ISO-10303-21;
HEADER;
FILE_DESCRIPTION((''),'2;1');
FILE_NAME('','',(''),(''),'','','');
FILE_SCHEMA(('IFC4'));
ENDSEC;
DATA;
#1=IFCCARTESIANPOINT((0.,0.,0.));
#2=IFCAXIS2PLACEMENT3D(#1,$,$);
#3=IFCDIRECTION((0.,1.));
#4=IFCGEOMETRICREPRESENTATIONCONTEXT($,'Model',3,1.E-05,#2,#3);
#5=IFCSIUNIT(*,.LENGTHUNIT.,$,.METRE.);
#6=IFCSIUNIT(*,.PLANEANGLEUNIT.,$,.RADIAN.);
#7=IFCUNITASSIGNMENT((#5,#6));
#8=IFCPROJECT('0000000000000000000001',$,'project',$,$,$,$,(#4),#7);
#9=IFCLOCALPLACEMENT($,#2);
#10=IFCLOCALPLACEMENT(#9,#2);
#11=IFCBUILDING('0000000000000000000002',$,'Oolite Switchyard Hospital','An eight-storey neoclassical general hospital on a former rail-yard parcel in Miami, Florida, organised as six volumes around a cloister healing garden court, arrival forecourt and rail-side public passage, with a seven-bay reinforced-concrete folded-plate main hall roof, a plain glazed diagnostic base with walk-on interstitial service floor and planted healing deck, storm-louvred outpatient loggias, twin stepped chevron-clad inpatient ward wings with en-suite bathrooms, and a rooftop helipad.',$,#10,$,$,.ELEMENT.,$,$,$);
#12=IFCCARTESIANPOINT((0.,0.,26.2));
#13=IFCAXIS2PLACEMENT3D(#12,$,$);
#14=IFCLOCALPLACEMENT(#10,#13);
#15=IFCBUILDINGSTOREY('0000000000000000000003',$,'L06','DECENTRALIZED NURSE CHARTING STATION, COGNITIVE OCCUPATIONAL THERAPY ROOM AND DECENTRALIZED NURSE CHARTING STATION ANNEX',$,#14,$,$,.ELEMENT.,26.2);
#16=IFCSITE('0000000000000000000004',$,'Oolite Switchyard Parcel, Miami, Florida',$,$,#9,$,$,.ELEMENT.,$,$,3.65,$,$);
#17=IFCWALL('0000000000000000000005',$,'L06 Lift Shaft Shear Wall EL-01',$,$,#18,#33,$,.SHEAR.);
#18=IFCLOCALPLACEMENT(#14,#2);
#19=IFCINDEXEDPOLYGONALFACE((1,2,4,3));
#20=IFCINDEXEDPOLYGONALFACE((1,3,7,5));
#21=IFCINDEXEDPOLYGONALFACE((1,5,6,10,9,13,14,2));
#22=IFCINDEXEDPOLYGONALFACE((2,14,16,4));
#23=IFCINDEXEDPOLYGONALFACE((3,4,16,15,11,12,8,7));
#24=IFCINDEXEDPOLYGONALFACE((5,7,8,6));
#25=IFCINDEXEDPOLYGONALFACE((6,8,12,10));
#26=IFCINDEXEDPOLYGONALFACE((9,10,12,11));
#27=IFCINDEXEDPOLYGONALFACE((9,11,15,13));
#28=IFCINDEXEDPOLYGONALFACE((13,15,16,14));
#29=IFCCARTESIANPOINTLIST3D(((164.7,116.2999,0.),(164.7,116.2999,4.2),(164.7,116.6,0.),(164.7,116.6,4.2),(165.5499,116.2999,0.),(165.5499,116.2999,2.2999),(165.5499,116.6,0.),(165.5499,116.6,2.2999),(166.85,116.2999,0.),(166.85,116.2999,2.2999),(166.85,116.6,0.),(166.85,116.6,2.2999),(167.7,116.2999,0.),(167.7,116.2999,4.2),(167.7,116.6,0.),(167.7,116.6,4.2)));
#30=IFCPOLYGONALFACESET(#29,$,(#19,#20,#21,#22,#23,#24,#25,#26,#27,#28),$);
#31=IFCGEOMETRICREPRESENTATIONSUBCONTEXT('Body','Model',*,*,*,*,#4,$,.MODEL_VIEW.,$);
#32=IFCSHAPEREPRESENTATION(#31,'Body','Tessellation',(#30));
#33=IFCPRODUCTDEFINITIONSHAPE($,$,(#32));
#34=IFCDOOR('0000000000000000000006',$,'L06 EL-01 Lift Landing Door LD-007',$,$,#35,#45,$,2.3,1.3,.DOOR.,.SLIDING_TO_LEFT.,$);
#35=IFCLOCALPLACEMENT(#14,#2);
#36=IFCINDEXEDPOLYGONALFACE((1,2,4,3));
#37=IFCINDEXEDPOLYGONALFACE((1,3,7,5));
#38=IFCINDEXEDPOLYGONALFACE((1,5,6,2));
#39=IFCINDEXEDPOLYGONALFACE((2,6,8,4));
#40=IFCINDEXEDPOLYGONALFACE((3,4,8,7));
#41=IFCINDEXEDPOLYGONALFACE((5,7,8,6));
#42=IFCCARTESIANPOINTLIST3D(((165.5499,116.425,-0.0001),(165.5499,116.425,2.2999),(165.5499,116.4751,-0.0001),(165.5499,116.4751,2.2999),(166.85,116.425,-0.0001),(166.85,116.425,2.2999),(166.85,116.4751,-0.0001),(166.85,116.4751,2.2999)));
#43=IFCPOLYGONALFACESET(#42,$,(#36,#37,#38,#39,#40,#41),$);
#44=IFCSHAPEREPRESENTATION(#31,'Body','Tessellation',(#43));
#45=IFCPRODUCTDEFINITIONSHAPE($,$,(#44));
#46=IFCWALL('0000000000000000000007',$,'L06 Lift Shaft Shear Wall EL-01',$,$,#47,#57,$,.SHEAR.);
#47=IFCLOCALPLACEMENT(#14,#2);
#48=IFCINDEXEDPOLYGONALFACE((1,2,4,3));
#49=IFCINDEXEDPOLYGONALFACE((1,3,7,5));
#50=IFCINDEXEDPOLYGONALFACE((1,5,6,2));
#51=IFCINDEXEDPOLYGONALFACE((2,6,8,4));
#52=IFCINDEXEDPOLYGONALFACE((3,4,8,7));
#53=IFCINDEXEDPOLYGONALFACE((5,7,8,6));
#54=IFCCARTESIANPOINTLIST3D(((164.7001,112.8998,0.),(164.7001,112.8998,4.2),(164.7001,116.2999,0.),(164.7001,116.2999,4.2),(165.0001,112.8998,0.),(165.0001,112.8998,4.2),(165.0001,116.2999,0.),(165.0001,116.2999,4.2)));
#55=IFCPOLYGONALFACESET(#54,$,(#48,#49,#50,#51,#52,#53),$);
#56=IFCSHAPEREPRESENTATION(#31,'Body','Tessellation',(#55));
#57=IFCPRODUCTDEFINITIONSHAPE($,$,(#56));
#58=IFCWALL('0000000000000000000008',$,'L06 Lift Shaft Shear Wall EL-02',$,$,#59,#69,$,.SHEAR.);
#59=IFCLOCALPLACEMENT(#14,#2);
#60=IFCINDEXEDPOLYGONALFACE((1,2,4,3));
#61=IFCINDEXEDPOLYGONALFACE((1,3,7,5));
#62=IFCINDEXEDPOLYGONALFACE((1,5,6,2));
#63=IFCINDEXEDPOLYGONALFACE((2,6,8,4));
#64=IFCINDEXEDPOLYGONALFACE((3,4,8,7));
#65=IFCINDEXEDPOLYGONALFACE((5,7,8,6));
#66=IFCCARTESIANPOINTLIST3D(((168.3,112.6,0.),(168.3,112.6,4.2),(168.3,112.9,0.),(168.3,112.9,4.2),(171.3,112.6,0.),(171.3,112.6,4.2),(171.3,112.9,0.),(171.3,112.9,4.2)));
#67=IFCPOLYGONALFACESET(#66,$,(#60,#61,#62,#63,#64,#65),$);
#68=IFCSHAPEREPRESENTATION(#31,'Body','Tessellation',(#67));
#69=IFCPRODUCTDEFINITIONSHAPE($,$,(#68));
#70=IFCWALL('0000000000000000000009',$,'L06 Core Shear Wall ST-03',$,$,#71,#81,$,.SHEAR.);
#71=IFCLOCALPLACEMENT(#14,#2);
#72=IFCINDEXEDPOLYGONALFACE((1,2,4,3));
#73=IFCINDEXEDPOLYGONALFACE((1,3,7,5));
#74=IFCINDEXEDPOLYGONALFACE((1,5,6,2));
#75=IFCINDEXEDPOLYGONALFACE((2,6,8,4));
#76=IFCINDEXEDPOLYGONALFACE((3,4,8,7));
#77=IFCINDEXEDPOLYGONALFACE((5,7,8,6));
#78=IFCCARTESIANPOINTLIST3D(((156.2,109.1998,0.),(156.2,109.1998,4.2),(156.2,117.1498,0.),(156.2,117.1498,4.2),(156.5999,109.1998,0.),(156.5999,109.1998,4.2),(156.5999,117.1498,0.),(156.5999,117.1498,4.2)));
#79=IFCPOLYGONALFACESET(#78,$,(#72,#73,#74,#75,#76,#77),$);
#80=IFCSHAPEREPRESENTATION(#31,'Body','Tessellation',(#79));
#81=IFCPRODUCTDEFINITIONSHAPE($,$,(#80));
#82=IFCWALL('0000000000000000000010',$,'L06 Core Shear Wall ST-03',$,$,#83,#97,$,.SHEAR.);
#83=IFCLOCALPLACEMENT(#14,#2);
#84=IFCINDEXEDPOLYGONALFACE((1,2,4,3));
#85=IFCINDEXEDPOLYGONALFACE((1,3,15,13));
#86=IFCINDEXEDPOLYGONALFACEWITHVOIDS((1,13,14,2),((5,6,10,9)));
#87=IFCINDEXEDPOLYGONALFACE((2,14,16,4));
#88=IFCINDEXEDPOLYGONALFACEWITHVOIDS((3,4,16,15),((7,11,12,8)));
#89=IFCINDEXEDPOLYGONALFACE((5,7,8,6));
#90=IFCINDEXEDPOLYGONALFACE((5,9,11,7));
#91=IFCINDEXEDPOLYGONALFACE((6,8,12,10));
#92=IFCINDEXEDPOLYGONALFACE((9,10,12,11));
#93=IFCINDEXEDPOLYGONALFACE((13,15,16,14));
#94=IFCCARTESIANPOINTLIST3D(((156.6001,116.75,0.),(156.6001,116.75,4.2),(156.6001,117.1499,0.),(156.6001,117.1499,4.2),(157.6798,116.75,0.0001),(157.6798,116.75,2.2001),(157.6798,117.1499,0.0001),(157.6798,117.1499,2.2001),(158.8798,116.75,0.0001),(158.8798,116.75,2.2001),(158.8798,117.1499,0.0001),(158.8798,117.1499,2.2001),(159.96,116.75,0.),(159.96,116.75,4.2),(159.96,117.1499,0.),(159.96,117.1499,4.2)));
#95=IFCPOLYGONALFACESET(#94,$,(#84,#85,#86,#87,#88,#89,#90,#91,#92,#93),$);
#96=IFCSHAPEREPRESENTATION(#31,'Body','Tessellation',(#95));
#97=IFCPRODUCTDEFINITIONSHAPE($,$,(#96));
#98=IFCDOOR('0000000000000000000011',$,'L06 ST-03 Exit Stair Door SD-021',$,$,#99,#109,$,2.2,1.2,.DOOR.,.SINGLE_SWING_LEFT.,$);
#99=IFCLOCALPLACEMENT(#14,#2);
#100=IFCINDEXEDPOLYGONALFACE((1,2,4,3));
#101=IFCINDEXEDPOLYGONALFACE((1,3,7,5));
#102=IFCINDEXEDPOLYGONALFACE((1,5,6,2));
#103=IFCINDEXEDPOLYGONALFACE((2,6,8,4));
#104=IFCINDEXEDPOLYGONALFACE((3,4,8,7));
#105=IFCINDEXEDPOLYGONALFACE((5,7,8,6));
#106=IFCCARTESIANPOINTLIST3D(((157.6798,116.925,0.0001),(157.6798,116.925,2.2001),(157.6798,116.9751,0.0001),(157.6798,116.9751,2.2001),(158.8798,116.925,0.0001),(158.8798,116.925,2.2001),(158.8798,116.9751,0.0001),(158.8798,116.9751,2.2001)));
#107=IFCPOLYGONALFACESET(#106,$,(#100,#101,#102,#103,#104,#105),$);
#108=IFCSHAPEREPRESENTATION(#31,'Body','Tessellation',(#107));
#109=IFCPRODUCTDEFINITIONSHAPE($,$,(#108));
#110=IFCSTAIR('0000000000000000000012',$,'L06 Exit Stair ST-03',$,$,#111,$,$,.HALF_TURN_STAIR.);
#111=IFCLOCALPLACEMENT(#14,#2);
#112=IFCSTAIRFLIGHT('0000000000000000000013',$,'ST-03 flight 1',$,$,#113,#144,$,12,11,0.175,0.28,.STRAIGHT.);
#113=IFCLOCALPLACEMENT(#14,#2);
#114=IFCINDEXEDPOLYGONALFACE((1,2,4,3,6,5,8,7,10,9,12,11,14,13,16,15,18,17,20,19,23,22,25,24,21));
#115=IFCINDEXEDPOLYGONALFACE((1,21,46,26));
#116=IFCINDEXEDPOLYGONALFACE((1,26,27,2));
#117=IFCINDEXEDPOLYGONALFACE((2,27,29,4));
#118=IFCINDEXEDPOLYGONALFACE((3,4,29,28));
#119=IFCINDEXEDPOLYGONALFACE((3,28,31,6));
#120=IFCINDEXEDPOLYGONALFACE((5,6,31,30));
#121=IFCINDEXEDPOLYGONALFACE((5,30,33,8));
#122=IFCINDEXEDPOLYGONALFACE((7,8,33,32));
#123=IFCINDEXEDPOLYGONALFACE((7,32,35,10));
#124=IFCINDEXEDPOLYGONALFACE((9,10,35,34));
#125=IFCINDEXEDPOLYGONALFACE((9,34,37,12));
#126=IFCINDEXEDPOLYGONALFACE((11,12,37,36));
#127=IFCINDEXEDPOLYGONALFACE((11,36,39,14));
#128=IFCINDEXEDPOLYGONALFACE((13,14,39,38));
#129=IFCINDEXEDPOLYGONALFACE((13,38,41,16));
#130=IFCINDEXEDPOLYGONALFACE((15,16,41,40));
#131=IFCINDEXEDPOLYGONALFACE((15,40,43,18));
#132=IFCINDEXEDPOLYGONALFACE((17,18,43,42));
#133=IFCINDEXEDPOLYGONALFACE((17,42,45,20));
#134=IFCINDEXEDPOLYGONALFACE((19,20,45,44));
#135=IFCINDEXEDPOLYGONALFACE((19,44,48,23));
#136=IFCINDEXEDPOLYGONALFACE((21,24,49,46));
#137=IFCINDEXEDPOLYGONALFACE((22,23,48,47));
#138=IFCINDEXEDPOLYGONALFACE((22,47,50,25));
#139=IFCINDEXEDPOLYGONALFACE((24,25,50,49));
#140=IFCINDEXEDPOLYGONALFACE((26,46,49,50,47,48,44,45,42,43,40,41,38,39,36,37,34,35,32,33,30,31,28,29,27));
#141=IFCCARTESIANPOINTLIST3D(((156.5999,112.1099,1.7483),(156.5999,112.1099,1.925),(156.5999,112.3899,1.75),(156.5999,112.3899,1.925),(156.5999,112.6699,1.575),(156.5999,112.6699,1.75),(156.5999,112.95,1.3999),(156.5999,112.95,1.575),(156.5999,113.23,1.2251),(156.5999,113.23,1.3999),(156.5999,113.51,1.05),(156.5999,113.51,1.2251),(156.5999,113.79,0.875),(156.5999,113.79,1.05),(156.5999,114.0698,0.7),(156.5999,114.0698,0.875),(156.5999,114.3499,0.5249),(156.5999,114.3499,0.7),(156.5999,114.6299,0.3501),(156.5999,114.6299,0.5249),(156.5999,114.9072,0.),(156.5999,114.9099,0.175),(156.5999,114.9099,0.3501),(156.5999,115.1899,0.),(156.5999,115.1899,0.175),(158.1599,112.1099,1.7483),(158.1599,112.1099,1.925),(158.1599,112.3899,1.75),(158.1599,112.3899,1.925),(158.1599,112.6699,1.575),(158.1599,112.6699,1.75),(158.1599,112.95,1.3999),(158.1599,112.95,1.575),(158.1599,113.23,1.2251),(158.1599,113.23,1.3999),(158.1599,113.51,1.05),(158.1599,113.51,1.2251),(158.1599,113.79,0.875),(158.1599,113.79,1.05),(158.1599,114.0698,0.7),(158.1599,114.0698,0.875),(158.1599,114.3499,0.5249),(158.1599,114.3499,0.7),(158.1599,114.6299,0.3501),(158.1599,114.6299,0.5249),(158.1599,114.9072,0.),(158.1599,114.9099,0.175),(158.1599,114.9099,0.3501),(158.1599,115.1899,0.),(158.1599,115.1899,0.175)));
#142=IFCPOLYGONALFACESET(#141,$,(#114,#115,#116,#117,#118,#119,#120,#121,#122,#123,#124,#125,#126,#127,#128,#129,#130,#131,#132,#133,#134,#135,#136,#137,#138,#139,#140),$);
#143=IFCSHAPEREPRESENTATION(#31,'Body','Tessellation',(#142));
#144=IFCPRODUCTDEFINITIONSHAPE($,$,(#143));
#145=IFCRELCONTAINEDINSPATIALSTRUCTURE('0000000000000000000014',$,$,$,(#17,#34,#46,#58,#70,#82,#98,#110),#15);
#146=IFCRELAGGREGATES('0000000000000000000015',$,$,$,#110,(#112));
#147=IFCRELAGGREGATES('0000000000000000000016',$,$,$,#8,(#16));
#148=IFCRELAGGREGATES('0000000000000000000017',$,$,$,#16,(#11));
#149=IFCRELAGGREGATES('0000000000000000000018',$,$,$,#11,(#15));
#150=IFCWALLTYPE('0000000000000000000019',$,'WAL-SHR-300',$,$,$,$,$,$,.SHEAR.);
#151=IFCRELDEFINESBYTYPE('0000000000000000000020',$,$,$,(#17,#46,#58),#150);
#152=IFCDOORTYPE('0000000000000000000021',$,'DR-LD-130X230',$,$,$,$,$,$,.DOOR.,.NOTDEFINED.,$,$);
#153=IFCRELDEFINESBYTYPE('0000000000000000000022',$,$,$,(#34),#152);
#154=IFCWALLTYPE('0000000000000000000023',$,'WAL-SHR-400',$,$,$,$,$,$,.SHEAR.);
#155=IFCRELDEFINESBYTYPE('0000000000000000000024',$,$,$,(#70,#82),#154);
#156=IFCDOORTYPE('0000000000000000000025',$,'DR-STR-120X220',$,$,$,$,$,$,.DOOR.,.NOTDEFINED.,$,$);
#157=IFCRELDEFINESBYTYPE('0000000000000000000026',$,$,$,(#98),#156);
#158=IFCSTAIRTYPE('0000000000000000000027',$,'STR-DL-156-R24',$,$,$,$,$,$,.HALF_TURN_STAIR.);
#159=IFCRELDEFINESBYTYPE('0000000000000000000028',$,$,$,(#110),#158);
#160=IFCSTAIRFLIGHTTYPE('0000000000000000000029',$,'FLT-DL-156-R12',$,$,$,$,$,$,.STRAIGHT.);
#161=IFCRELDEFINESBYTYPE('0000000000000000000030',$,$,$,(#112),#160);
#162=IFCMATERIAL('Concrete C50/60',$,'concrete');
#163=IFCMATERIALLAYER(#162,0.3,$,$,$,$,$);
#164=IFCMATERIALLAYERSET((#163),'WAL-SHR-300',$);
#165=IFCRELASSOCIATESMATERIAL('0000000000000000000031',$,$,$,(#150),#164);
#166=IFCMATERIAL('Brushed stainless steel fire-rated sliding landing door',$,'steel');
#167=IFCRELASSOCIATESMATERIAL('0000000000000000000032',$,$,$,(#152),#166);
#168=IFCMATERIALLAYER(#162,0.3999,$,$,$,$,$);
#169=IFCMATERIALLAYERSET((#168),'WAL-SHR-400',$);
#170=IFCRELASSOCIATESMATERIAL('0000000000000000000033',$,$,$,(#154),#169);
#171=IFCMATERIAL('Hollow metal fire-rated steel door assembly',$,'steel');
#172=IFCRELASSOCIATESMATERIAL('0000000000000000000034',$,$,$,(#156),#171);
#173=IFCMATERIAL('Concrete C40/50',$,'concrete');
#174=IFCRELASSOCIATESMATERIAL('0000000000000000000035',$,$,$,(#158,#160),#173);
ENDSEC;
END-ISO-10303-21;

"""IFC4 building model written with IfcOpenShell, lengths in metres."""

from ifc_helpers import new_model, si_unit, direction, frame, frame_2d, origin, place, context, subcontext, project, spatial, polyline, rectangle, outline, extrude, material, layer, layer_set, type_object, element, fill, aggregate, save


model = new_model("IFC4")

# Units and contexts
model_context = context("Model", 3, precision=1e-05, world=origin(), true_north=direction((0.0, 1.0)))
body_context = subcontext(model_context, "Body", "Model", "MODEL_VIEW")
ifc_project = project(units=[si_unit("LENGTHUNIT", "METRE"), si_unit("PLANEANGLEUNIT", "RADIAN")], contexts=[model_context])

# Site, building, storey
site_placement = place(None, origin())
site = spatial("IfcSite", under=ifc_project, at=site_placement, Name="Oolite Switchyard Parcel, Miami, Florida", CompositionType="ELEMENT", RefElevation=3.65)
building_placement = place(site_placement, origin())
building = spatial("IfcBuilding", under=site, at=building_placement, Name="Oolite Switchyard Hospital", Description="An eight-storey neoclassical general hospital on a former rail-yard parcel in Miami, Florida, organised as six volumes around a cloister healing garden court, arrival forecourt and rail-side public passage, with a seven-bay reinforced-concrete folded-plate main hall roof, a plain glazed diagnostic base with walk-on interstitial service floor and planted healing deck, storm-louvred outpatient loggias, twin stepped chevron-clad inpatient ward wings with en-suite bathrooms, and a rooftop helipad.", CompositionType="ELEMENT")
storey_placement = place(building_placement, frame((0.0, 0.0, 26.2)))
storey = spatial("IfcBuildingStorey", under=building, at=storey_placement, Name="L06", Description="DECENTRALIZED NURSE CHARTING STATION, COGNITIVE OCCUPATIONAL THERAPY ROOM AND DECENTRALIZED NURSE CHARTING STATION ANNEX", CompositionType="ELEMENT", Elevation=26.2)

# Shared definitions
ifc_material_1 = material(Name="Concrete C50/60", Category="concrete")

# Shared definitions
ifc_material_2 = material(Name="Concrete C40/50", Category="concrete")

# Shared definitions
ifc_layer_1 = layer(ifc_material_1, 0.3)
ifc_layer_set_1 = layer_set([ifc_layer_1], Name="WAL-SHR-300")
wall_type_1 = type_object("IfcWallType", Name="WAL-SHR-300", PredefinedType="SHEAR", material=ifc_layer_set_1)

# Wall, opening, door
wall_1_placement = place(storey_placement, frame((167.7, 116.45, 0.0), z_axis=(0.0, 0.0, 1.0), x_axis=(-1.0, 0.0, 0.0)))
wall_1 = element("IfcWall", 1, at=wall_1_placement, inside=storey, type_object=wall_type_1, Name="L06 Lift Shaft Shear Wall EL-01", PredefinedType="SHEAR", context=body_context, shape_type="SweptSolid", body=[
    extrude(rectangle(XDim=3.0, YDim=0.3, at=frame_2d((1.5, 0.0))), origin(), (0.0, 0.0, 1.0), 4.2),
])
opening_1_placement = place(wall_1_placement, frame((0.8501, 0.0, 0.0)))
opening_1 = element("IfcOpeningElement", 2, at=opening_1_placement, cuts=wall_1, PredefinedType="OPENING", context=body_context, shape_type="SweptSolid", body=[
    extrude(rectangle(XDim=1.3, YDim=2.3, at=frame_2d((0.6499, 1.1499))), frame((0.0, 0.1602, 0.0), z_axis=(0.0, -1.0, 0.0), x_axis=(1.0, 0.0, 0.0)), (0.0, 0.0, 1.0), 0.3201),
])
ifc_material_3 = material(Name="Brushed stainless steel fire-rated sliding landing door", Category="steel")
door_type_1 = type_object("IfcDoorType", Name="DR-LD-130X230", OperationType="NOTDEFINED", PredefinedType="DOOR", material=ifc_material_3)
door_1_placement = place(opening_1_placement, origin())
door_1 = element("IfcDoor", 3, at=door_1_placement, inside=storey, type_object=door_type_1, Name="L06 EL-01 Lift Landing Door LD-007", OperationType="SLIDING_TO_LEFT", OverallHeight=2.3, OverallWidth=1.3, PredefinedType="DOOR", context=body_context, shape_type="SweptSolid", body=[
    extrude(rectangle(XDim=1.3, YDim=2.3, at=frame_2d((0.6499, 1.1499))), frame((0.0, 0.0249, 0.0), z_axis=(0.0, -1.0, 0.0), x_axis=(1.0, 0.0, 0.0)), (0.0, 0.0, 1.0), 0.05),
])
fill(opening_1, door_1)

# Walls
wall_2_placement = place(storey_placement, frame((164.8501, 116.3, 0.0), z_axis=(0.0, 0.0, 1.0), x_axis=(0.0, -1.0, 0.0)))
element("IfcWall", 4, at=wall_2_placement, inside=storey, type_object=wall_type_1, Name="L06 Lift Shaft Shear Wall EL-01", PredefinedType="SHEAR", context=body_context, shape_type="SweptSolid", body=[
    extrude(rectangle(XDim=3.4001, YDim=0.3, at=frame_2d((1.7002, 0.0))), origin(), (0.0, 0.0, 1.0), 4.2),
])
wall_3_placement = place(storey_placement, frame((168.3, 112.75, 0.0), z_axis=(0.0, 0.0, 1.0), x_axis=(1.0, 0.0, 0.0)))
element("IfcWall", 5, at=wall_3_placement, inside=storey, type_object=wall_type_1, Name="L06 Lift Shaft Shear Wall EL-02", PredefinedType="SHEAR", context=body_context, shape_type="SweptSolid", body=[
    extrude(rectangle(XDim=3.0, YDim=0.3, at=frame_2d((1.5, 0.0))), origin(), (0.0, 0.0, 1.0), 4.2),
])
ifc_layer_2 = layer(ifc_material_1, 0.3999)
ifc_layer_set_2 = layer_set([ifc_layer_2], Name="WAL-SHR-400")
wall_type_2 = type_object("IfcWallType", Name="WAL-SHR-400", PredefinedType="SHEAR", material=ifc_layer_set_2)
wall_4_placement = place(storey_placement, frame((156.3999, 117.1499, 0.0), z_axis=(0.0, 0.0, 1.0), x_axis=(0.0, -1.0, 0.0)))
element("IfcWall", 6, at=wall_4_placement, inside=storey, type_object=wall_type_2, Name="L06 Core Shear Wall ST-03", PredefinedType="SHEAR", context=body_context, shape_type="SweptSolid", body=[
    extrude(rectangle(XDim=7.95, YDim=0.3999, at=frame_2d((3.9751, 0.0))), origin(), (0.0, 0.0, 1.0), 4.2),
])

# Wall, opening, door
wall_5_placement = place(storey_placement, frame((159.96, 116.95, 0.0), z_axis=(0.0, 0.0, 1.0), x_axis=(-1.0, 0.0, 0.0)))
wall_5 = element("IfcWall", 7, at=wall_5_placement, inside=storey, type_object=wall_type_2, Name="L06 Core Shear Wall ST-03", PredefinedType="SHEAR", context=body_context, shape_type="SweptSolid", body=[
    extrude(rectangle(XDim=3.3599, YDim=0.3999, at=frame_2d((1.6799, 0.0))), origin(), (0.0, 0.0, 1.0), 4.2),
])
opening_2_placement = place(wall_5_placement, frame((1.0801, 0.0, 0.0)))
opening_2 = element("IfcOpeningElement", 8, at=opening_2_placement, cuts=wall_5, PredefinedType="OPENING", context=body_context, shape_type="SweptSolid", body=[
    extrude(rectangle(XDim=1.2, YDim=2.2, at=frame_2d((0.6001, 1.1001))), frame((0.0, 0.21, 0.0), z_axis=(0.0, -1.0, 0.0), x_axis=(1.0, 0.0, 0.0)), (0.0, 0.0, 1.0), 0.4199),
])
ifc_material_4 = material(Name="Hollow metal fire-rated steel door assembly", Category="steel")
door_type_2 = type_object("IfcDoorType", Name="DR-STR-120X220", OperationType="NOTDEFINED", PredefinedType="DOOR", material=ifc_material_4)
door_2_placement = place(opening_2_placement, origin())
door_2 = element("IfcDoor", 9, at=door_2_placement, inside=storey, type_object=door_type_2, Name="L06 ST-03 Exit Stair Door SD-021", OperationType="SINGLE_SWING_LEFT", OverallHeight=2.2, OverallWidth=1.2, PredefinedType="DOOR", context=body_context, shape_type="SweptSolid", body=[
    extrude(rectangle(XDim=1.2, YDim=2.2, at=frame_2d((0.6001, 1.1001))), frame((0.0, 0.0249, 0.0), z_axis=(0.0, -1.0, 0.0), x_axis=(1.0, 0.0, 0.0)), (0.0, 0.0, 1.0), 0.05),
])
fill(opening_2, door_2)

# Stair, stair flight
stair_type = type_object("IfcStairType", Name="STR-DL-156-R24", PredefinedType="HALF_TURN_STAIR", material=ifc_material_2)
stair_placement = place(storey_placement, origin())
stair = element("IfcStair", 10, at=stair_placement, inside=storey, type_object=stair_type, Name="L06 Exit Stair ST-03", PredefinedType="HALF_TURN_STAIR")
stair_flight_type = type_object("IfcStairFlightType", Name="FLT-DL-156-R12", PredefinedType="STRAIGHT", material=ifc_material_2)
stair_flight_placement = place(storey_placement, frame((157.3799, 115.1899, 0.0), z_axis=(0.0, 0.0, 1.0), x_axis=(0.0, -1.0, 0.0)))
stair_flight = element("IfcStairFlight", 11, at=stair_flight_placement, type_object=stair_flight_type, Name="ST-03 flight 1", NumberOfRisers=12, NumberOfTreads=11, PredefinedType="STRAIGHT", RiserHeight=0.175, TreadLength=0.28, context=body_context, shape_type="SweptSolid", body=[
    extrude(outline(polyline([(0.0, 0.0), (0.0, 0.175), (0.28, 0.175), (0.28, 0.3501), (0.5601, 0.3501), (0.5601, 0.5249), (0.8401, 0.5249), (0.8401, 0.7), (1.1201, 0.7), (1.1201, 0.875), (1.3999, 0.875), (1.3999, 1.05), (1.6799, 1.05), (1.6799, 1.2251), (1.96, 1.2251), (1.96, 1.3999), (2.24, 1.3999), (2.24, 1.575), (2.52, 1.575), (2.52, 1.75), (2.8, 1.75), (2.8, 1.925), (3.0801, 1.925), (3.0801, 2.1001), (3.0801, 1.7483), (0.2827, 0.0), (0.0, 0.0)])), frame((0.0, 0.78, 0.0), z_axis=(0.0, -1.0, 0.0), x_axis=(1.0, 0.0, 0.0)), (0.0, 0.0, 1.0), 1.5601),
])
aggregate(stair, [stair_flight])

save(model, "model.ifc")
